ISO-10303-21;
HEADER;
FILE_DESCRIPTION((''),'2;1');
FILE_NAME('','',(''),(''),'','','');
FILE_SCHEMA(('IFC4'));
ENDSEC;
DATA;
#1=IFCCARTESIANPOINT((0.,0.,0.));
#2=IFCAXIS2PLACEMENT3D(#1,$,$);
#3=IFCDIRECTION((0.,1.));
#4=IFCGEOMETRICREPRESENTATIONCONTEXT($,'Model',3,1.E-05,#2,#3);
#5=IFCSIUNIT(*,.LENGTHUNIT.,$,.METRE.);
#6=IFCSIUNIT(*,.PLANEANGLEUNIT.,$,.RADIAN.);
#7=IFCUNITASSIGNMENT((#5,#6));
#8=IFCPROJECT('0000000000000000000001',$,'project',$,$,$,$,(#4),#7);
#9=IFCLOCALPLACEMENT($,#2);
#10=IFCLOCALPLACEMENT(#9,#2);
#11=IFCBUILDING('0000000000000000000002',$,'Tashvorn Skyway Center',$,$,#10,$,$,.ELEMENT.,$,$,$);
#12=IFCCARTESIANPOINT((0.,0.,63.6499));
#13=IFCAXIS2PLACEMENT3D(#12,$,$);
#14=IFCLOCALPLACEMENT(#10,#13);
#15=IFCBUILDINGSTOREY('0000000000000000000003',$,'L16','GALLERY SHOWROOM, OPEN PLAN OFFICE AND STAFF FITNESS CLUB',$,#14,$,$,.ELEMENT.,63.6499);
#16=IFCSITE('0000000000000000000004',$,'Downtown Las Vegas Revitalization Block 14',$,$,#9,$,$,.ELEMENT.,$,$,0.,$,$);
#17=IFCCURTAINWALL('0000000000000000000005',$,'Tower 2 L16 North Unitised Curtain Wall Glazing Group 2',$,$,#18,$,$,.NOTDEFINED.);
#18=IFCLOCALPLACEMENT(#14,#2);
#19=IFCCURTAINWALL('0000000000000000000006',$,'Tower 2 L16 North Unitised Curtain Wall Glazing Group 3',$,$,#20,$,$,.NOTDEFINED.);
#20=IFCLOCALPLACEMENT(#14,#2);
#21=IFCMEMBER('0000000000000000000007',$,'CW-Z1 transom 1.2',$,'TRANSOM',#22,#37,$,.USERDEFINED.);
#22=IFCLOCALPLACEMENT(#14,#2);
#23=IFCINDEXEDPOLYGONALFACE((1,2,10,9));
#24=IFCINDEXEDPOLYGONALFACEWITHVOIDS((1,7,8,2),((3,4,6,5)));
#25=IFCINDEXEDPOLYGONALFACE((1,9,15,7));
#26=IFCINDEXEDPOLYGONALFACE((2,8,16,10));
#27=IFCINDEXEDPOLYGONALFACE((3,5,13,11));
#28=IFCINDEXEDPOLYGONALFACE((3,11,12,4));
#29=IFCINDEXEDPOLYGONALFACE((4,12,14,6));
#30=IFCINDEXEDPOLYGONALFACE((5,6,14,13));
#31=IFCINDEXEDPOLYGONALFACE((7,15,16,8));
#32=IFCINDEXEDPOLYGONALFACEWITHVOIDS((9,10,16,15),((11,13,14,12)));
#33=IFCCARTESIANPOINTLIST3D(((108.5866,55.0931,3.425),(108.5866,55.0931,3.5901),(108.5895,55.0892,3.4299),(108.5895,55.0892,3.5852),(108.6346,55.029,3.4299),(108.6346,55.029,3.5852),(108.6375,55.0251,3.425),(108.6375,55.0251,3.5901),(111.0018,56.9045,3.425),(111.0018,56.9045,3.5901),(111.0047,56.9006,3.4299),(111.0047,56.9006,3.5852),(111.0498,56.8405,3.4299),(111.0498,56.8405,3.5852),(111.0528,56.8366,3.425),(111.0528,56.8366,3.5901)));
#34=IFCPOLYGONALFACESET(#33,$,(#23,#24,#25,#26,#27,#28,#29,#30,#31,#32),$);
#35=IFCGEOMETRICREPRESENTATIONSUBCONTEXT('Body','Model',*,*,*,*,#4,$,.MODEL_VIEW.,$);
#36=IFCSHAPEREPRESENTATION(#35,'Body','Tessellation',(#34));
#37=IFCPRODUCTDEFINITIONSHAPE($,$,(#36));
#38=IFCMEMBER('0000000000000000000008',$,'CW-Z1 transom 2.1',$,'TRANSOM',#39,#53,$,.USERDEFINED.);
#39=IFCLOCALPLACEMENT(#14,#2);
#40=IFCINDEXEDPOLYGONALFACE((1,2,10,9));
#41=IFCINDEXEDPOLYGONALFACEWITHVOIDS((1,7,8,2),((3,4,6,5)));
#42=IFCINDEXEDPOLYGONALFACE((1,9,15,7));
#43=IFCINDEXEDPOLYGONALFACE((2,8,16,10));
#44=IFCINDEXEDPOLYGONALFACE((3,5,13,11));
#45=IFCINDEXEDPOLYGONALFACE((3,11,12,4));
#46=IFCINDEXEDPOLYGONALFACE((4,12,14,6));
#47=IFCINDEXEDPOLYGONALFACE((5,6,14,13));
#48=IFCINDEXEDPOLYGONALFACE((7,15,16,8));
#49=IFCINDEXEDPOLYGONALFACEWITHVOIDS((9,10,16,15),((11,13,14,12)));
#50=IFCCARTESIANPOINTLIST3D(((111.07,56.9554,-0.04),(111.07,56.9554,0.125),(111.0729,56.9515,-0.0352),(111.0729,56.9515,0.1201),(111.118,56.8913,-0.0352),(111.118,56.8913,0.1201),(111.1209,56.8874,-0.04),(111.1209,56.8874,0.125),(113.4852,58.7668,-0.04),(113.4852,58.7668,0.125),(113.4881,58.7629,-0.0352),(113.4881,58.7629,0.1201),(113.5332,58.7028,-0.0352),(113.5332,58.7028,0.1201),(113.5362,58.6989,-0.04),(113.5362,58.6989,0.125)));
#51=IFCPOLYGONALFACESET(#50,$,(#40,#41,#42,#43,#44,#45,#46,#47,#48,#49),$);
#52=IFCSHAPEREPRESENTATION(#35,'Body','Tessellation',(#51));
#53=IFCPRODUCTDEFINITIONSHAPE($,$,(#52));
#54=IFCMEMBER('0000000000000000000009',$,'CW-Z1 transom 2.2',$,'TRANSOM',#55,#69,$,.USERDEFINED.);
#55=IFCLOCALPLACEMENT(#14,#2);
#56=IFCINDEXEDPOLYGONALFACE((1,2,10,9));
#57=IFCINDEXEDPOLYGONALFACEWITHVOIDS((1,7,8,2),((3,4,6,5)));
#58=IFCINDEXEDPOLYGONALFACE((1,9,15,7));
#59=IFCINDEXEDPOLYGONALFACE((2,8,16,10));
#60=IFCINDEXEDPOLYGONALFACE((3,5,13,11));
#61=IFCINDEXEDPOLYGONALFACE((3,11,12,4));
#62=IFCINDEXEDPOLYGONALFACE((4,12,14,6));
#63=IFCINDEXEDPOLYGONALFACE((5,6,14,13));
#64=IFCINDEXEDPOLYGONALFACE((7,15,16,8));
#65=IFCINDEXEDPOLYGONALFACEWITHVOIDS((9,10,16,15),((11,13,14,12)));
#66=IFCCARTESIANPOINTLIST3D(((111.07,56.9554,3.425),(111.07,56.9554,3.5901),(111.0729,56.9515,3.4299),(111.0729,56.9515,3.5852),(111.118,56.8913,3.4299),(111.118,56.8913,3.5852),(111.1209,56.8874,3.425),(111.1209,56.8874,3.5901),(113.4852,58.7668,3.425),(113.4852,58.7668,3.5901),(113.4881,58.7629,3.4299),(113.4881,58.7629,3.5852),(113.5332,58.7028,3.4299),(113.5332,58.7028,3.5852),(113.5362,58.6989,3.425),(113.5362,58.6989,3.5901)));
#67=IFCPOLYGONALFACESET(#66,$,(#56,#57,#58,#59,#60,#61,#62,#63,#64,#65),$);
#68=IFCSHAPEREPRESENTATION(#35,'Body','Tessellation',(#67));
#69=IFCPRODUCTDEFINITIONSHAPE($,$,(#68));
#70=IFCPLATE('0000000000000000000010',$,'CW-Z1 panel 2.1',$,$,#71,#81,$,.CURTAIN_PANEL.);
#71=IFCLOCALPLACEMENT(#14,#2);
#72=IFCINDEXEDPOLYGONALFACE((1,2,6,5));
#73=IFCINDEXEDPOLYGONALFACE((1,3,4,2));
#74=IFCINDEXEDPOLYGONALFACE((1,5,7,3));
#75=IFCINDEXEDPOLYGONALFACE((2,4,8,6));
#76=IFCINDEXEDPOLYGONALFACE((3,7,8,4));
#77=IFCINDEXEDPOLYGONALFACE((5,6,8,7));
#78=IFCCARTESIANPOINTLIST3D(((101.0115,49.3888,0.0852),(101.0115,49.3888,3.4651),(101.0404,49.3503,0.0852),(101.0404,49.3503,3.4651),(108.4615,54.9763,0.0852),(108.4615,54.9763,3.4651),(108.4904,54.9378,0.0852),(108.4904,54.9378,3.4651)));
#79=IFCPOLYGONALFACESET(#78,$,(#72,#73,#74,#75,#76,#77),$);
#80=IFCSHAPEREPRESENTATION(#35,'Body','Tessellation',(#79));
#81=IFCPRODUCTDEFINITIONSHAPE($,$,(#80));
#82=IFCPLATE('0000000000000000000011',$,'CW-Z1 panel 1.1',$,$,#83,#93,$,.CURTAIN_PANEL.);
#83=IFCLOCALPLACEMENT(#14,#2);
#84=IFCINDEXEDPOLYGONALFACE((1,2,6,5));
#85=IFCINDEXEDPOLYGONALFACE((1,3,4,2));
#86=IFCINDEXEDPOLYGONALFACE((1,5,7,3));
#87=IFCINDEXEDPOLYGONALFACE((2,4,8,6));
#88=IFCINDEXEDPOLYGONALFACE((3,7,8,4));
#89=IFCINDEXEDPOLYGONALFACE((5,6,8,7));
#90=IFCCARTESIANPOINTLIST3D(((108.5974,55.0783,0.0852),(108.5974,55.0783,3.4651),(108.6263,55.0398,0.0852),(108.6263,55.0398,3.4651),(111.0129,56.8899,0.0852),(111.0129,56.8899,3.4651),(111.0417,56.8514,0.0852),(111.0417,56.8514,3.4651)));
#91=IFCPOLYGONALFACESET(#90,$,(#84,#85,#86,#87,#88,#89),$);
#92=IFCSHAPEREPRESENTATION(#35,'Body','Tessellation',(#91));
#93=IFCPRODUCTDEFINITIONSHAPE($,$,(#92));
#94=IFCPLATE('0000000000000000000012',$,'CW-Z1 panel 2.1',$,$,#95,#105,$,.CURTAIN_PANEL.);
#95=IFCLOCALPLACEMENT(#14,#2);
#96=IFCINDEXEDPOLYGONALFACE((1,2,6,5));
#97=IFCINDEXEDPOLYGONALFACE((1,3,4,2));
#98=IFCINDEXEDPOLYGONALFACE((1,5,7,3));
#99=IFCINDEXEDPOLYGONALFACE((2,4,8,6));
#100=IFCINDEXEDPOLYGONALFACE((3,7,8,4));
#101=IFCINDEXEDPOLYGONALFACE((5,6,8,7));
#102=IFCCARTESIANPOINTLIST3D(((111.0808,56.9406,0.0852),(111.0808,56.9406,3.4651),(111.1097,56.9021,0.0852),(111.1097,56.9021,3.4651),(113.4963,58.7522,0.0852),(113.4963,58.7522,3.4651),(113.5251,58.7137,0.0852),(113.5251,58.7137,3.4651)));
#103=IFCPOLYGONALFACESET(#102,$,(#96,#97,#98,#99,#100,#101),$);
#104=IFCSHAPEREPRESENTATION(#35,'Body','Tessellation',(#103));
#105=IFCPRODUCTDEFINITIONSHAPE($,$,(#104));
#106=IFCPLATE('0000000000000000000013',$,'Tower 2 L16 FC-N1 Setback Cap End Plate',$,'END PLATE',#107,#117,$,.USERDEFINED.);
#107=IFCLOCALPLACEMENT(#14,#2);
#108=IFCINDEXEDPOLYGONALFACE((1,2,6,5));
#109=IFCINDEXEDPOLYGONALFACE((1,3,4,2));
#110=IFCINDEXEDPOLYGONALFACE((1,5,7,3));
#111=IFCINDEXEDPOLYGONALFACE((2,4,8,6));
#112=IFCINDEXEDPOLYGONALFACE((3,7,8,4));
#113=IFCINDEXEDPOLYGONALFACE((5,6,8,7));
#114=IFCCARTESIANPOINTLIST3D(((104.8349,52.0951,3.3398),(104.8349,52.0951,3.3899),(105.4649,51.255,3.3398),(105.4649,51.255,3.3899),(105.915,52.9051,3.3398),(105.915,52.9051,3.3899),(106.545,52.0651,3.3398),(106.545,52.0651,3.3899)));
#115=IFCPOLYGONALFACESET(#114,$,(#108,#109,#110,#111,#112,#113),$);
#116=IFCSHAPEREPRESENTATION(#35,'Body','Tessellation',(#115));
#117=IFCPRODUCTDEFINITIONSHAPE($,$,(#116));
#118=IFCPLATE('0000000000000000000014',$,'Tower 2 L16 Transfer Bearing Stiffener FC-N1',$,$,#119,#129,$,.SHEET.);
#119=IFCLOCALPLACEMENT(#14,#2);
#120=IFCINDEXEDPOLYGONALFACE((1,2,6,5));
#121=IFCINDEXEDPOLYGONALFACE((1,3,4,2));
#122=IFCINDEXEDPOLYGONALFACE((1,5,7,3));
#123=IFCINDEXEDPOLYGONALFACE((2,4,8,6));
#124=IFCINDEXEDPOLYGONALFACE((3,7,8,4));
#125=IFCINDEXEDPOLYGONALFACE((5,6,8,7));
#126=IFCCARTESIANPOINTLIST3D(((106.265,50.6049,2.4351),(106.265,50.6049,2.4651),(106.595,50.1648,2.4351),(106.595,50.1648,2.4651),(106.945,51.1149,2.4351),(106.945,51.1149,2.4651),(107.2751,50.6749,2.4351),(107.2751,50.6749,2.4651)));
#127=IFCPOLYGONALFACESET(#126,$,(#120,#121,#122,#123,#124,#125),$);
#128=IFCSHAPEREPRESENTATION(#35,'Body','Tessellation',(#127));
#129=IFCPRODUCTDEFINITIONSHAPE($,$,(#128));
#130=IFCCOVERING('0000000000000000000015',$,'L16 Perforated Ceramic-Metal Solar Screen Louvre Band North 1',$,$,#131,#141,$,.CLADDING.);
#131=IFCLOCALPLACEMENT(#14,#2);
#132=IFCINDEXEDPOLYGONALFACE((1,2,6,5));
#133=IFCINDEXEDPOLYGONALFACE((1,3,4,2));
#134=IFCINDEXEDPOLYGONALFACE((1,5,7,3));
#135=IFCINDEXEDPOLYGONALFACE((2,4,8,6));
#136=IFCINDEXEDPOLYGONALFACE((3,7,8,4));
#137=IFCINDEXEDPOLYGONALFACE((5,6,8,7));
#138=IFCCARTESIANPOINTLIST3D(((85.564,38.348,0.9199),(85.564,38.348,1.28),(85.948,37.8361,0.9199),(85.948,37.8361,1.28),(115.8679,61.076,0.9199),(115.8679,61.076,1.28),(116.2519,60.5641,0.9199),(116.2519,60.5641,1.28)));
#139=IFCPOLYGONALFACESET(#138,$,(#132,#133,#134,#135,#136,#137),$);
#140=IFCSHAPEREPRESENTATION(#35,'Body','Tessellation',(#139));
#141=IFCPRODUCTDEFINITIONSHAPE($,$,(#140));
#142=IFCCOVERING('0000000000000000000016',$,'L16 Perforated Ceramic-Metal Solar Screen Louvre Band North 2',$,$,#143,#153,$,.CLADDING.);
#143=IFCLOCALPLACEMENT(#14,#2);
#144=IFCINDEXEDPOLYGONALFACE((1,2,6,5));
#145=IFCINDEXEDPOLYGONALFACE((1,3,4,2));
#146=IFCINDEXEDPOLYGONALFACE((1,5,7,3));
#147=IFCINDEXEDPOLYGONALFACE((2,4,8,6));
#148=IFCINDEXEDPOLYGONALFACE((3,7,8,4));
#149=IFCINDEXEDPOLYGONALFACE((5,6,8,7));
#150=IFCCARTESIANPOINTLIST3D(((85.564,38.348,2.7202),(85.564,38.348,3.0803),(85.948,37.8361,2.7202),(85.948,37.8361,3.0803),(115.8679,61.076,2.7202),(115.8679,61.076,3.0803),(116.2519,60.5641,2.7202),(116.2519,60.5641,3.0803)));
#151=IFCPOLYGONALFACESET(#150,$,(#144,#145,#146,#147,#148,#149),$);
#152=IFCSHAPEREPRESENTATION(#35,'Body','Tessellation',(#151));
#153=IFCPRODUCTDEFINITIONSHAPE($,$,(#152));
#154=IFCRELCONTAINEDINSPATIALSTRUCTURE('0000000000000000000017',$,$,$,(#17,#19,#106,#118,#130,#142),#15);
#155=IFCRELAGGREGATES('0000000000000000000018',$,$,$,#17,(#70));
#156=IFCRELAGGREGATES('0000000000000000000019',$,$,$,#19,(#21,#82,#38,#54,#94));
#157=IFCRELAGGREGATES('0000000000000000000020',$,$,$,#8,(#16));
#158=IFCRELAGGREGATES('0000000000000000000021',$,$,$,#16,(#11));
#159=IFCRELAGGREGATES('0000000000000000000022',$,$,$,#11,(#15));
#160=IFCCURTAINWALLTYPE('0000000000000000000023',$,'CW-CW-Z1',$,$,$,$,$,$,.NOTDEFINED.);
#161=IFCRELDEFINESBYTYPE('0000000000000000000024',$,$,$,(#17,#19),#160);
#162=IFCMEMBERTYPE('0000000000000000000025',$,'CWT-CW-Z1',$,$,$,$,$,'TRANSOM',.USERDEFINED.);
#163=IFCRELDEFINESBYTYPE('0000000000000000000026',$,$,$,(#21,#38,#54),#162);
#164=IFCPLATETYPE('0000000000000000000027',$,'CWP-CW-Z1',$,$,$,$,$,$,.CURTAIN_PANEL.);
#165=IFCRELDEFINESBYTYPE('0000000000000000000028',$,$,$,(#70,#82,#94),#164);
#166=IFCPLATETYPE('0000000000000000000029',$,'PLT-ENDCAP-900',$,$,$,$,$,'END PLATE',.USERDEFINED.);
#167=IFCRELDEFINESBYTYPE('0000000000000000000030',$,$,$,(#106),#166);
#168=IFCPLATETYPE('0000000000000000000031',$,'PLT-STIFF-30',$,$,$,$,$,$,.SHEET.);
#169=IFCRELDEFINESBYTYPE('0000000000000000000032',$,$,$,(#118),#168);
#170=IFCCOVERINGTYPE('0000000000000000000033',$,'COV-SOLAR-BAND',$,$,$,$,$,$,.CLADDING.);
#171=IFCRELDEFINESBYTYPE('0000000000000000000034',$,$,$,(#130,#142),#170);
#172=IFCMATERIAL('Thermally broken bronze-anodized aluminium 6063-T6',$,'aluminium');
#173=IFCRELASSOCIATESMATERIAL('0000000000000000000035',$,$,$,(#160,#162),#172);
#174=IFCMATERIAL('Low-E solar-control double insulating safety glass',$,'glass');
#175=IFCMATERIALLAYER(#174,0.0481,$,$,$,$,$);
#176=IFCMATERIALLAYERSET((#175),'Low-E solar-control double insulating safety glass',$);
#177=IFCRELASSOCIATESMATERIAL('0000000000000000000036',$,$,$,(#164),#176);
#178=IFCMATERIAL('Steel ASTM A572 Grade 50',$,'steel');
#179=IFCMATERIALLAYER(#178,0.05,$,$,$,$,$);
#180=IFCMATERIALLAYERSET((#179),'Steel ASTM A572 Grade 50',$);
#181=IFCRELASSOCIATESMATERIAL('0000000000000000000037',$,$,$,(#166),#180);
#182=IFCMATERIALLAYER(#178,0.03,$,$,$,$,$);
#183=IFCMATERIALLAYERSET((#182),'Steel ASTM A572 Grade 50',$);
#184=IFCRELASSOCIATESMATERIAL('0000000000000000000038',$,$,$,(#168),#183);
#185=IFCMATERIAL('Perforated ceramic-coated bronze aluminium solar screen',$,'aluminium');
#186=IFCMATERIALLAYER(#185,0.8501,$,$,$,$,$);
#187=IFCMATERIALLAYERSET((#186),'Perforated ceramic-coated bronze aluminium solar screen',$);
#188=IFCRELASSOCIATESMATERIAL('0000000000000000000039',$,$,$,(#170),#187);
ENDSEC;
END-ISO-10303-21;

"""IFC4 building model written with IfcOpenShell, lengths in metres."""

from ifc_helpers import new_model, si_unit, direction, frame, origin, origin_2d, place, context, subcontext, project, spatial, rectangle, hollow_rectangle, extrude, material, layer, layer_set, material_profile, profile_set, type_object, element, aggregate, save


model = new_model("IFC4")

# Units and contexts
model_context = context("Model", 3, precision=1e-05, world=origin(), true_north=direction((0.0, 1.0)))
body_context = subcontext(model_context, "Body", "Model", "MODEL_VIEW")
ifc_project = project(units=[si_unit("LENGTHUNIT", "METRE"), si_unit("PLANEANGLEUNIT", "RADIAN")], contexts=[model_context])

# Site, building, storey
site_placement = place(None, origin())
site = spatial("IfcSite", under=ifc_project, at=site_placement, Name="Downtown Las Vegas Revitalization Block 14", CompositionType="ELEMENT", RefElevation=0.0)
building_placement = place(site_placement, origin())
building = spatial("IfcBuilding", under=site, at=building_placement, Name="Tashvorn Skyway Center", CompositionType="ELEMENT")
storey_placement = place(building_placement, frame((0.0, 0.0, 63.6499)))
storey = spatial("IfcBuildingStorey", under=building, at=storey_placement, Name="L16", Description="GALLERY SHOWROOM, OPEN PLAN OFFICE AND STAFF FITNESS CLUB", CompositionType="ELEMENT", Elevation=63.6499)

# Shared definitions
ifc_material_1 = material(Name="Steel ASTM A572 Grade 50", Category="steel")

# Curtain wall
ifc_material_2 = material(Name="Thermally broken bronze-anodized aluminium 6063-T6", Category="aluminium")
curtain_wall_type = type_object("IfcCurtainWallType", Name="CW-CW-Z1", PredefinedType="NOTDEFINED", material=ifc_material_2)
curtain_wall_1_placement = place(storey_placement, origin())
curtain_wall_1 = element("IfcCurtainWall", 1, at=curtain_wall_1_placement, inside=storey, type_object=curtain_wall_type, Name="Tower 2 L16 North Unitised Curtain Wall Glazing Group 2", PredefinedType="NOTDEFINED")

# Curtain wall
curtain_wall_2_placement = place(storey_placement, origin())
curtain_wall_2 = element("IfcCurtainWall", 2, at=curtain_wall_2_placement, inside=storey, type_object=curtain_wall_type, Name="Tower 2 L16 North Unitised Curtain Wall Glazing Group 3", PredefinedType="NOTDEFINED")

# Members
ifc_material_profile_1 = material_profile(ifc_material_2, hollow_rectangle(XDim=0.085, YDim=0.165, WallThickness=0.0049, at=origin_2d()), Name="ALU-TRAN-85x165")
ifc_profile_set_1 = profile_set([ifc_material_profile_1], Name="Thermally broken bronze-anodized aluminium 6063-T6")
member_type_1 = type_object("IfcMemberType", Name="CWT-CW-Z1", ElementType="TRANSOM", PredefinedType="USERDEFINED", material=ifc_profile_set_1)
member_1_placement = place(storey_placement, frame((108.6121, 55.0591, 3.5076), z_axis=(0.79999, 0.600013, 0.0), x_axis=(-0.600013, 0.79999, 0.0)))
member_1 = element("IfcMember", 3, at=member_1_placement, type_object=member_type_1, Name="CW-Z1 transom 1.2", ObjectType="TRANSOM", PredefinedType="USERDEFINED", context=body_context, shape_type="SweptSolid", body=[
    extrude(hollow_rectangle(XDim=0.085, YDim=0.165, WallThickness=0.0049, at=origin_2d()), origin(), (0.0, 0.0, 1.0), 3.019),
])
member_2_placement = place(storey_placement, frame((111.0955, 56.9214, 0.0425), z_axis=(0.79999, 0.600013, 0.0), x_axis=(-0.600013, 0.79999, 0.0)))
member_2 = element("IfcMember", 4, at=member_2_placement, type_object=member_type_1, Name="CW-Z1 transom 2.1", ObjectType="TRANSOM", PredefinedType="USERDEFINED", context=body_context, shape_type="SweptSolid", body=[
    extrude(hollow_rectangle(XDim=0.085, YDim=0.165, WallThickness=0.0049, at=origin_2d()), origin(), (0.0, 0.0, 1.0), 3.019),
])
member_3_placement = place(storey_placement, frame((111.0955, 56.9214, 3.5076), z_axis=(0.79999, 0.600013, 0.0), x_axis=(-0.600013, 0.79999, 0.0)))
member_3 = element("IfcMember", 5, at=member_3_placement, type_object=member_type_1, Name="CW-Z1 transom 2.2", ObjectType="TRANSOM", PredefinedType="USERDEFINED", context=body_context, shape_type="SweptSolid", body=[
    extrude(hollow_rectangle(XDim=0.085, YDim=0.165, WallThickness=0.0049, at=origin_2d()), origin(), (0.0, 0.0, 1.0), 3.019),
])

# Plates
ifc_material_3 = material(Name="Low-E solar-control double insulating safety glass", Category="glass")
ifc_layer_1 = layer(ifc_material_3, 0.0481)
ifc_layer_set_1 = layer_set([ifc_layer_1], Name="Low-E solar-control double insulating safety glass")
plate_type_1 = type_object("IfcPlateType", Name="CWP-CW-Z1", PredefinedType="CURTAIN_PANEL", material=ifc_layer_set_1)
plate_1_placement = place(storey_placement, frame((104.751, 52.1633, 0.0852), z_axis=(0.0, 0.0, 1.0), x_axis=(0.8, 0.6, 0.0)))
plate_1 = element("IfcPlate", 6, at=plate_1_placement, type_object=plate_type_1, Name="CW-Z1 panel 2.1", PredefinedType="CURTAIN_PANEL", context=body_context, shape_type="SweptSolid", body=[
    extrude(rectangle(XDim=9.3125, YDim=0.0481, at=origin_2d()), origin(), (0.0, 0.0, 1.0), 3.3799),
])
aggregate(curtain_wall_1, [plate_1])
plate_2_placement = place(storey_placement, frame((109.8196, 55.9648, 0.0852), z_axis=(0.0, 0.0, 1.0), x_axis=(0.800002, 0.599997, 0.0)))
plate_2 = element("IfcPlate", 7, at=plate_2_placement, type_object=plate_type_1, Name="CW-Z1 panel 1.1", PredefinedType="CURTAIN_PANEL", context=body_context, shape_type="SweptSolid", body=[
    extrude(rectangle(XDim=3.0193, YDim=0.0481, at=origin_2d()), origin(), (0.0, 0.0, 1.0), 3.3799),
])
plate_3_placement = place(storey_placement, frame((112.303, 57.8271, 0.0852), z_axis=(0.0, 0.0, 1.0), x_axis=(0.800002, 0.599997, 0.0)))
plate_3 = element("IfcPlate", 8, at=plate_3_placement, type_object=plate_type_1, Name="CW-Z1 panel 2.1", PredefinedType="CURTAIN_PANEL", context=body_context, shape_type="SweptSolid", body=[
    extrude(rectangle(XDim=3.0193, YDim=0.0481, at=origin_2d()), origin(), (0.0, 0.0, 1.0), 3.3799),
])
aggregate(curtain_wall_2, [member_1, plate_2, member_2, member_3, plate_3])

# Plates
ifc_layer_2 = layer(ifc_material_1, 0.05)
ifc_layer_set_2 = layer_set([ifc_layer_2], Name="Steel ASTM A572 Grade 50")
plate_type_2 = type_object("IfcPlateType", Name="PLT-ENDCAP-900", ElementType="END PLATE", PredefinedType="USERDEFINED", material=ifc_layer_set_2)
plate_4_placement = place(storey_placement, frame((105.6899, 52.0801, 3.3398), z_axis=(0.0, 0.0, 1.0), x_axis=(0.8, 0.6, 0.0)))
element("IfcPlate", 9, at=plate_4_placement, inside=storey, type_object=plate_type_2, Name="Tower 2 L16 FC-N1 Setback Cap End Plate", ObjectType="END PLATE", PredefinedType="USERDEFINED", context=body_context, shape_type="SweptSolid", body=[
    extrude(rectangle(XDim=1.3501, YDim=1.05, at=origin_2d()), origin(), (0.0, 0.0, 1.0), 0.05),
])
ifc_layer_3 = layer(ifc_material_1, 0.03)
ifc_layer_set_3 = layer_set([ifc_layer_3], Name="Steel ASTM A572 Grade 50")
plate_type_3 = type_object("IfcPlateType", Name="PLT-STIFF-30", PredefinedType="SHEET", material=ifc_layer_set_3)
plate_5_placement = place(storey_placement, frame((106.77, 50.6399, 2.4351), z_axis=(0.0, 0.0, 1.0), x_axis=(0.8, 0.6, 0.0)))
element("IfcPlate", 10, at=plate_5_placement, inside=storey, type_object=plate_type_3, Name="Tower 2 L16 Transfer Bearing Stiffener FC-N1", PredefinedType="SHEET", context=body_context, shape_type="SweptSolid", body=[
    extrude(rectangle(XDim=0.8501, YDim=0.55, at=origin_2d()), origin(), (0.0, 0.0, 1.0), 0.03),
])

# Coverings
ifc_material_4 = material(Name="Perforated ceramic-coated bronze aluminium solar screen", Category="aluminium")
ifc_layer_4 = layer(ifc_material_4, 0.8501)
ifc_layer_set_4 = layer_set([ifc_layer_4], Name="Perforated ceramic-coated bronze aluminium solar screen")
covering_type = type_object("IfcCoveringType", Name="COV-SOLAR-BAND", PredefinedType="CLADDING", material=ifc_layer_set_4)
for number, where, z_axis, x_axis, name in (
    (11, (100.908, 49.4561, 0.9199), (0.0, 0.0, 1.0), (0.8, 0.6, 0.0), "L16 Perforated Ceramic-Metal Solar Screen Louvre Band North 1"),
    (12, (100.908, 49.4561, 2.7202), (0.0, 0.0, 1.0), (0.8, 0.6, 0.0), "L16 Perforated Ceramic-Metal Solar Screen Louvre Band North 2"),
):
    element("IfcCovering", number, at=place(storey_placement, frame(where, z_axis=z_axis, x_axis=x_axis)), inside=storey, type_object=covering_type, Name=name, PredefinedType="CLADDING", context=body_context, shape_type="SweptSolid", body=[
        extrude(rectangle(XDim=37.8799, YDim=0.6399, at=origin_2d()), origin(), (0.0, 0.0, 1.0), 0.3601),
    ])

save(model, "model.ifc")
